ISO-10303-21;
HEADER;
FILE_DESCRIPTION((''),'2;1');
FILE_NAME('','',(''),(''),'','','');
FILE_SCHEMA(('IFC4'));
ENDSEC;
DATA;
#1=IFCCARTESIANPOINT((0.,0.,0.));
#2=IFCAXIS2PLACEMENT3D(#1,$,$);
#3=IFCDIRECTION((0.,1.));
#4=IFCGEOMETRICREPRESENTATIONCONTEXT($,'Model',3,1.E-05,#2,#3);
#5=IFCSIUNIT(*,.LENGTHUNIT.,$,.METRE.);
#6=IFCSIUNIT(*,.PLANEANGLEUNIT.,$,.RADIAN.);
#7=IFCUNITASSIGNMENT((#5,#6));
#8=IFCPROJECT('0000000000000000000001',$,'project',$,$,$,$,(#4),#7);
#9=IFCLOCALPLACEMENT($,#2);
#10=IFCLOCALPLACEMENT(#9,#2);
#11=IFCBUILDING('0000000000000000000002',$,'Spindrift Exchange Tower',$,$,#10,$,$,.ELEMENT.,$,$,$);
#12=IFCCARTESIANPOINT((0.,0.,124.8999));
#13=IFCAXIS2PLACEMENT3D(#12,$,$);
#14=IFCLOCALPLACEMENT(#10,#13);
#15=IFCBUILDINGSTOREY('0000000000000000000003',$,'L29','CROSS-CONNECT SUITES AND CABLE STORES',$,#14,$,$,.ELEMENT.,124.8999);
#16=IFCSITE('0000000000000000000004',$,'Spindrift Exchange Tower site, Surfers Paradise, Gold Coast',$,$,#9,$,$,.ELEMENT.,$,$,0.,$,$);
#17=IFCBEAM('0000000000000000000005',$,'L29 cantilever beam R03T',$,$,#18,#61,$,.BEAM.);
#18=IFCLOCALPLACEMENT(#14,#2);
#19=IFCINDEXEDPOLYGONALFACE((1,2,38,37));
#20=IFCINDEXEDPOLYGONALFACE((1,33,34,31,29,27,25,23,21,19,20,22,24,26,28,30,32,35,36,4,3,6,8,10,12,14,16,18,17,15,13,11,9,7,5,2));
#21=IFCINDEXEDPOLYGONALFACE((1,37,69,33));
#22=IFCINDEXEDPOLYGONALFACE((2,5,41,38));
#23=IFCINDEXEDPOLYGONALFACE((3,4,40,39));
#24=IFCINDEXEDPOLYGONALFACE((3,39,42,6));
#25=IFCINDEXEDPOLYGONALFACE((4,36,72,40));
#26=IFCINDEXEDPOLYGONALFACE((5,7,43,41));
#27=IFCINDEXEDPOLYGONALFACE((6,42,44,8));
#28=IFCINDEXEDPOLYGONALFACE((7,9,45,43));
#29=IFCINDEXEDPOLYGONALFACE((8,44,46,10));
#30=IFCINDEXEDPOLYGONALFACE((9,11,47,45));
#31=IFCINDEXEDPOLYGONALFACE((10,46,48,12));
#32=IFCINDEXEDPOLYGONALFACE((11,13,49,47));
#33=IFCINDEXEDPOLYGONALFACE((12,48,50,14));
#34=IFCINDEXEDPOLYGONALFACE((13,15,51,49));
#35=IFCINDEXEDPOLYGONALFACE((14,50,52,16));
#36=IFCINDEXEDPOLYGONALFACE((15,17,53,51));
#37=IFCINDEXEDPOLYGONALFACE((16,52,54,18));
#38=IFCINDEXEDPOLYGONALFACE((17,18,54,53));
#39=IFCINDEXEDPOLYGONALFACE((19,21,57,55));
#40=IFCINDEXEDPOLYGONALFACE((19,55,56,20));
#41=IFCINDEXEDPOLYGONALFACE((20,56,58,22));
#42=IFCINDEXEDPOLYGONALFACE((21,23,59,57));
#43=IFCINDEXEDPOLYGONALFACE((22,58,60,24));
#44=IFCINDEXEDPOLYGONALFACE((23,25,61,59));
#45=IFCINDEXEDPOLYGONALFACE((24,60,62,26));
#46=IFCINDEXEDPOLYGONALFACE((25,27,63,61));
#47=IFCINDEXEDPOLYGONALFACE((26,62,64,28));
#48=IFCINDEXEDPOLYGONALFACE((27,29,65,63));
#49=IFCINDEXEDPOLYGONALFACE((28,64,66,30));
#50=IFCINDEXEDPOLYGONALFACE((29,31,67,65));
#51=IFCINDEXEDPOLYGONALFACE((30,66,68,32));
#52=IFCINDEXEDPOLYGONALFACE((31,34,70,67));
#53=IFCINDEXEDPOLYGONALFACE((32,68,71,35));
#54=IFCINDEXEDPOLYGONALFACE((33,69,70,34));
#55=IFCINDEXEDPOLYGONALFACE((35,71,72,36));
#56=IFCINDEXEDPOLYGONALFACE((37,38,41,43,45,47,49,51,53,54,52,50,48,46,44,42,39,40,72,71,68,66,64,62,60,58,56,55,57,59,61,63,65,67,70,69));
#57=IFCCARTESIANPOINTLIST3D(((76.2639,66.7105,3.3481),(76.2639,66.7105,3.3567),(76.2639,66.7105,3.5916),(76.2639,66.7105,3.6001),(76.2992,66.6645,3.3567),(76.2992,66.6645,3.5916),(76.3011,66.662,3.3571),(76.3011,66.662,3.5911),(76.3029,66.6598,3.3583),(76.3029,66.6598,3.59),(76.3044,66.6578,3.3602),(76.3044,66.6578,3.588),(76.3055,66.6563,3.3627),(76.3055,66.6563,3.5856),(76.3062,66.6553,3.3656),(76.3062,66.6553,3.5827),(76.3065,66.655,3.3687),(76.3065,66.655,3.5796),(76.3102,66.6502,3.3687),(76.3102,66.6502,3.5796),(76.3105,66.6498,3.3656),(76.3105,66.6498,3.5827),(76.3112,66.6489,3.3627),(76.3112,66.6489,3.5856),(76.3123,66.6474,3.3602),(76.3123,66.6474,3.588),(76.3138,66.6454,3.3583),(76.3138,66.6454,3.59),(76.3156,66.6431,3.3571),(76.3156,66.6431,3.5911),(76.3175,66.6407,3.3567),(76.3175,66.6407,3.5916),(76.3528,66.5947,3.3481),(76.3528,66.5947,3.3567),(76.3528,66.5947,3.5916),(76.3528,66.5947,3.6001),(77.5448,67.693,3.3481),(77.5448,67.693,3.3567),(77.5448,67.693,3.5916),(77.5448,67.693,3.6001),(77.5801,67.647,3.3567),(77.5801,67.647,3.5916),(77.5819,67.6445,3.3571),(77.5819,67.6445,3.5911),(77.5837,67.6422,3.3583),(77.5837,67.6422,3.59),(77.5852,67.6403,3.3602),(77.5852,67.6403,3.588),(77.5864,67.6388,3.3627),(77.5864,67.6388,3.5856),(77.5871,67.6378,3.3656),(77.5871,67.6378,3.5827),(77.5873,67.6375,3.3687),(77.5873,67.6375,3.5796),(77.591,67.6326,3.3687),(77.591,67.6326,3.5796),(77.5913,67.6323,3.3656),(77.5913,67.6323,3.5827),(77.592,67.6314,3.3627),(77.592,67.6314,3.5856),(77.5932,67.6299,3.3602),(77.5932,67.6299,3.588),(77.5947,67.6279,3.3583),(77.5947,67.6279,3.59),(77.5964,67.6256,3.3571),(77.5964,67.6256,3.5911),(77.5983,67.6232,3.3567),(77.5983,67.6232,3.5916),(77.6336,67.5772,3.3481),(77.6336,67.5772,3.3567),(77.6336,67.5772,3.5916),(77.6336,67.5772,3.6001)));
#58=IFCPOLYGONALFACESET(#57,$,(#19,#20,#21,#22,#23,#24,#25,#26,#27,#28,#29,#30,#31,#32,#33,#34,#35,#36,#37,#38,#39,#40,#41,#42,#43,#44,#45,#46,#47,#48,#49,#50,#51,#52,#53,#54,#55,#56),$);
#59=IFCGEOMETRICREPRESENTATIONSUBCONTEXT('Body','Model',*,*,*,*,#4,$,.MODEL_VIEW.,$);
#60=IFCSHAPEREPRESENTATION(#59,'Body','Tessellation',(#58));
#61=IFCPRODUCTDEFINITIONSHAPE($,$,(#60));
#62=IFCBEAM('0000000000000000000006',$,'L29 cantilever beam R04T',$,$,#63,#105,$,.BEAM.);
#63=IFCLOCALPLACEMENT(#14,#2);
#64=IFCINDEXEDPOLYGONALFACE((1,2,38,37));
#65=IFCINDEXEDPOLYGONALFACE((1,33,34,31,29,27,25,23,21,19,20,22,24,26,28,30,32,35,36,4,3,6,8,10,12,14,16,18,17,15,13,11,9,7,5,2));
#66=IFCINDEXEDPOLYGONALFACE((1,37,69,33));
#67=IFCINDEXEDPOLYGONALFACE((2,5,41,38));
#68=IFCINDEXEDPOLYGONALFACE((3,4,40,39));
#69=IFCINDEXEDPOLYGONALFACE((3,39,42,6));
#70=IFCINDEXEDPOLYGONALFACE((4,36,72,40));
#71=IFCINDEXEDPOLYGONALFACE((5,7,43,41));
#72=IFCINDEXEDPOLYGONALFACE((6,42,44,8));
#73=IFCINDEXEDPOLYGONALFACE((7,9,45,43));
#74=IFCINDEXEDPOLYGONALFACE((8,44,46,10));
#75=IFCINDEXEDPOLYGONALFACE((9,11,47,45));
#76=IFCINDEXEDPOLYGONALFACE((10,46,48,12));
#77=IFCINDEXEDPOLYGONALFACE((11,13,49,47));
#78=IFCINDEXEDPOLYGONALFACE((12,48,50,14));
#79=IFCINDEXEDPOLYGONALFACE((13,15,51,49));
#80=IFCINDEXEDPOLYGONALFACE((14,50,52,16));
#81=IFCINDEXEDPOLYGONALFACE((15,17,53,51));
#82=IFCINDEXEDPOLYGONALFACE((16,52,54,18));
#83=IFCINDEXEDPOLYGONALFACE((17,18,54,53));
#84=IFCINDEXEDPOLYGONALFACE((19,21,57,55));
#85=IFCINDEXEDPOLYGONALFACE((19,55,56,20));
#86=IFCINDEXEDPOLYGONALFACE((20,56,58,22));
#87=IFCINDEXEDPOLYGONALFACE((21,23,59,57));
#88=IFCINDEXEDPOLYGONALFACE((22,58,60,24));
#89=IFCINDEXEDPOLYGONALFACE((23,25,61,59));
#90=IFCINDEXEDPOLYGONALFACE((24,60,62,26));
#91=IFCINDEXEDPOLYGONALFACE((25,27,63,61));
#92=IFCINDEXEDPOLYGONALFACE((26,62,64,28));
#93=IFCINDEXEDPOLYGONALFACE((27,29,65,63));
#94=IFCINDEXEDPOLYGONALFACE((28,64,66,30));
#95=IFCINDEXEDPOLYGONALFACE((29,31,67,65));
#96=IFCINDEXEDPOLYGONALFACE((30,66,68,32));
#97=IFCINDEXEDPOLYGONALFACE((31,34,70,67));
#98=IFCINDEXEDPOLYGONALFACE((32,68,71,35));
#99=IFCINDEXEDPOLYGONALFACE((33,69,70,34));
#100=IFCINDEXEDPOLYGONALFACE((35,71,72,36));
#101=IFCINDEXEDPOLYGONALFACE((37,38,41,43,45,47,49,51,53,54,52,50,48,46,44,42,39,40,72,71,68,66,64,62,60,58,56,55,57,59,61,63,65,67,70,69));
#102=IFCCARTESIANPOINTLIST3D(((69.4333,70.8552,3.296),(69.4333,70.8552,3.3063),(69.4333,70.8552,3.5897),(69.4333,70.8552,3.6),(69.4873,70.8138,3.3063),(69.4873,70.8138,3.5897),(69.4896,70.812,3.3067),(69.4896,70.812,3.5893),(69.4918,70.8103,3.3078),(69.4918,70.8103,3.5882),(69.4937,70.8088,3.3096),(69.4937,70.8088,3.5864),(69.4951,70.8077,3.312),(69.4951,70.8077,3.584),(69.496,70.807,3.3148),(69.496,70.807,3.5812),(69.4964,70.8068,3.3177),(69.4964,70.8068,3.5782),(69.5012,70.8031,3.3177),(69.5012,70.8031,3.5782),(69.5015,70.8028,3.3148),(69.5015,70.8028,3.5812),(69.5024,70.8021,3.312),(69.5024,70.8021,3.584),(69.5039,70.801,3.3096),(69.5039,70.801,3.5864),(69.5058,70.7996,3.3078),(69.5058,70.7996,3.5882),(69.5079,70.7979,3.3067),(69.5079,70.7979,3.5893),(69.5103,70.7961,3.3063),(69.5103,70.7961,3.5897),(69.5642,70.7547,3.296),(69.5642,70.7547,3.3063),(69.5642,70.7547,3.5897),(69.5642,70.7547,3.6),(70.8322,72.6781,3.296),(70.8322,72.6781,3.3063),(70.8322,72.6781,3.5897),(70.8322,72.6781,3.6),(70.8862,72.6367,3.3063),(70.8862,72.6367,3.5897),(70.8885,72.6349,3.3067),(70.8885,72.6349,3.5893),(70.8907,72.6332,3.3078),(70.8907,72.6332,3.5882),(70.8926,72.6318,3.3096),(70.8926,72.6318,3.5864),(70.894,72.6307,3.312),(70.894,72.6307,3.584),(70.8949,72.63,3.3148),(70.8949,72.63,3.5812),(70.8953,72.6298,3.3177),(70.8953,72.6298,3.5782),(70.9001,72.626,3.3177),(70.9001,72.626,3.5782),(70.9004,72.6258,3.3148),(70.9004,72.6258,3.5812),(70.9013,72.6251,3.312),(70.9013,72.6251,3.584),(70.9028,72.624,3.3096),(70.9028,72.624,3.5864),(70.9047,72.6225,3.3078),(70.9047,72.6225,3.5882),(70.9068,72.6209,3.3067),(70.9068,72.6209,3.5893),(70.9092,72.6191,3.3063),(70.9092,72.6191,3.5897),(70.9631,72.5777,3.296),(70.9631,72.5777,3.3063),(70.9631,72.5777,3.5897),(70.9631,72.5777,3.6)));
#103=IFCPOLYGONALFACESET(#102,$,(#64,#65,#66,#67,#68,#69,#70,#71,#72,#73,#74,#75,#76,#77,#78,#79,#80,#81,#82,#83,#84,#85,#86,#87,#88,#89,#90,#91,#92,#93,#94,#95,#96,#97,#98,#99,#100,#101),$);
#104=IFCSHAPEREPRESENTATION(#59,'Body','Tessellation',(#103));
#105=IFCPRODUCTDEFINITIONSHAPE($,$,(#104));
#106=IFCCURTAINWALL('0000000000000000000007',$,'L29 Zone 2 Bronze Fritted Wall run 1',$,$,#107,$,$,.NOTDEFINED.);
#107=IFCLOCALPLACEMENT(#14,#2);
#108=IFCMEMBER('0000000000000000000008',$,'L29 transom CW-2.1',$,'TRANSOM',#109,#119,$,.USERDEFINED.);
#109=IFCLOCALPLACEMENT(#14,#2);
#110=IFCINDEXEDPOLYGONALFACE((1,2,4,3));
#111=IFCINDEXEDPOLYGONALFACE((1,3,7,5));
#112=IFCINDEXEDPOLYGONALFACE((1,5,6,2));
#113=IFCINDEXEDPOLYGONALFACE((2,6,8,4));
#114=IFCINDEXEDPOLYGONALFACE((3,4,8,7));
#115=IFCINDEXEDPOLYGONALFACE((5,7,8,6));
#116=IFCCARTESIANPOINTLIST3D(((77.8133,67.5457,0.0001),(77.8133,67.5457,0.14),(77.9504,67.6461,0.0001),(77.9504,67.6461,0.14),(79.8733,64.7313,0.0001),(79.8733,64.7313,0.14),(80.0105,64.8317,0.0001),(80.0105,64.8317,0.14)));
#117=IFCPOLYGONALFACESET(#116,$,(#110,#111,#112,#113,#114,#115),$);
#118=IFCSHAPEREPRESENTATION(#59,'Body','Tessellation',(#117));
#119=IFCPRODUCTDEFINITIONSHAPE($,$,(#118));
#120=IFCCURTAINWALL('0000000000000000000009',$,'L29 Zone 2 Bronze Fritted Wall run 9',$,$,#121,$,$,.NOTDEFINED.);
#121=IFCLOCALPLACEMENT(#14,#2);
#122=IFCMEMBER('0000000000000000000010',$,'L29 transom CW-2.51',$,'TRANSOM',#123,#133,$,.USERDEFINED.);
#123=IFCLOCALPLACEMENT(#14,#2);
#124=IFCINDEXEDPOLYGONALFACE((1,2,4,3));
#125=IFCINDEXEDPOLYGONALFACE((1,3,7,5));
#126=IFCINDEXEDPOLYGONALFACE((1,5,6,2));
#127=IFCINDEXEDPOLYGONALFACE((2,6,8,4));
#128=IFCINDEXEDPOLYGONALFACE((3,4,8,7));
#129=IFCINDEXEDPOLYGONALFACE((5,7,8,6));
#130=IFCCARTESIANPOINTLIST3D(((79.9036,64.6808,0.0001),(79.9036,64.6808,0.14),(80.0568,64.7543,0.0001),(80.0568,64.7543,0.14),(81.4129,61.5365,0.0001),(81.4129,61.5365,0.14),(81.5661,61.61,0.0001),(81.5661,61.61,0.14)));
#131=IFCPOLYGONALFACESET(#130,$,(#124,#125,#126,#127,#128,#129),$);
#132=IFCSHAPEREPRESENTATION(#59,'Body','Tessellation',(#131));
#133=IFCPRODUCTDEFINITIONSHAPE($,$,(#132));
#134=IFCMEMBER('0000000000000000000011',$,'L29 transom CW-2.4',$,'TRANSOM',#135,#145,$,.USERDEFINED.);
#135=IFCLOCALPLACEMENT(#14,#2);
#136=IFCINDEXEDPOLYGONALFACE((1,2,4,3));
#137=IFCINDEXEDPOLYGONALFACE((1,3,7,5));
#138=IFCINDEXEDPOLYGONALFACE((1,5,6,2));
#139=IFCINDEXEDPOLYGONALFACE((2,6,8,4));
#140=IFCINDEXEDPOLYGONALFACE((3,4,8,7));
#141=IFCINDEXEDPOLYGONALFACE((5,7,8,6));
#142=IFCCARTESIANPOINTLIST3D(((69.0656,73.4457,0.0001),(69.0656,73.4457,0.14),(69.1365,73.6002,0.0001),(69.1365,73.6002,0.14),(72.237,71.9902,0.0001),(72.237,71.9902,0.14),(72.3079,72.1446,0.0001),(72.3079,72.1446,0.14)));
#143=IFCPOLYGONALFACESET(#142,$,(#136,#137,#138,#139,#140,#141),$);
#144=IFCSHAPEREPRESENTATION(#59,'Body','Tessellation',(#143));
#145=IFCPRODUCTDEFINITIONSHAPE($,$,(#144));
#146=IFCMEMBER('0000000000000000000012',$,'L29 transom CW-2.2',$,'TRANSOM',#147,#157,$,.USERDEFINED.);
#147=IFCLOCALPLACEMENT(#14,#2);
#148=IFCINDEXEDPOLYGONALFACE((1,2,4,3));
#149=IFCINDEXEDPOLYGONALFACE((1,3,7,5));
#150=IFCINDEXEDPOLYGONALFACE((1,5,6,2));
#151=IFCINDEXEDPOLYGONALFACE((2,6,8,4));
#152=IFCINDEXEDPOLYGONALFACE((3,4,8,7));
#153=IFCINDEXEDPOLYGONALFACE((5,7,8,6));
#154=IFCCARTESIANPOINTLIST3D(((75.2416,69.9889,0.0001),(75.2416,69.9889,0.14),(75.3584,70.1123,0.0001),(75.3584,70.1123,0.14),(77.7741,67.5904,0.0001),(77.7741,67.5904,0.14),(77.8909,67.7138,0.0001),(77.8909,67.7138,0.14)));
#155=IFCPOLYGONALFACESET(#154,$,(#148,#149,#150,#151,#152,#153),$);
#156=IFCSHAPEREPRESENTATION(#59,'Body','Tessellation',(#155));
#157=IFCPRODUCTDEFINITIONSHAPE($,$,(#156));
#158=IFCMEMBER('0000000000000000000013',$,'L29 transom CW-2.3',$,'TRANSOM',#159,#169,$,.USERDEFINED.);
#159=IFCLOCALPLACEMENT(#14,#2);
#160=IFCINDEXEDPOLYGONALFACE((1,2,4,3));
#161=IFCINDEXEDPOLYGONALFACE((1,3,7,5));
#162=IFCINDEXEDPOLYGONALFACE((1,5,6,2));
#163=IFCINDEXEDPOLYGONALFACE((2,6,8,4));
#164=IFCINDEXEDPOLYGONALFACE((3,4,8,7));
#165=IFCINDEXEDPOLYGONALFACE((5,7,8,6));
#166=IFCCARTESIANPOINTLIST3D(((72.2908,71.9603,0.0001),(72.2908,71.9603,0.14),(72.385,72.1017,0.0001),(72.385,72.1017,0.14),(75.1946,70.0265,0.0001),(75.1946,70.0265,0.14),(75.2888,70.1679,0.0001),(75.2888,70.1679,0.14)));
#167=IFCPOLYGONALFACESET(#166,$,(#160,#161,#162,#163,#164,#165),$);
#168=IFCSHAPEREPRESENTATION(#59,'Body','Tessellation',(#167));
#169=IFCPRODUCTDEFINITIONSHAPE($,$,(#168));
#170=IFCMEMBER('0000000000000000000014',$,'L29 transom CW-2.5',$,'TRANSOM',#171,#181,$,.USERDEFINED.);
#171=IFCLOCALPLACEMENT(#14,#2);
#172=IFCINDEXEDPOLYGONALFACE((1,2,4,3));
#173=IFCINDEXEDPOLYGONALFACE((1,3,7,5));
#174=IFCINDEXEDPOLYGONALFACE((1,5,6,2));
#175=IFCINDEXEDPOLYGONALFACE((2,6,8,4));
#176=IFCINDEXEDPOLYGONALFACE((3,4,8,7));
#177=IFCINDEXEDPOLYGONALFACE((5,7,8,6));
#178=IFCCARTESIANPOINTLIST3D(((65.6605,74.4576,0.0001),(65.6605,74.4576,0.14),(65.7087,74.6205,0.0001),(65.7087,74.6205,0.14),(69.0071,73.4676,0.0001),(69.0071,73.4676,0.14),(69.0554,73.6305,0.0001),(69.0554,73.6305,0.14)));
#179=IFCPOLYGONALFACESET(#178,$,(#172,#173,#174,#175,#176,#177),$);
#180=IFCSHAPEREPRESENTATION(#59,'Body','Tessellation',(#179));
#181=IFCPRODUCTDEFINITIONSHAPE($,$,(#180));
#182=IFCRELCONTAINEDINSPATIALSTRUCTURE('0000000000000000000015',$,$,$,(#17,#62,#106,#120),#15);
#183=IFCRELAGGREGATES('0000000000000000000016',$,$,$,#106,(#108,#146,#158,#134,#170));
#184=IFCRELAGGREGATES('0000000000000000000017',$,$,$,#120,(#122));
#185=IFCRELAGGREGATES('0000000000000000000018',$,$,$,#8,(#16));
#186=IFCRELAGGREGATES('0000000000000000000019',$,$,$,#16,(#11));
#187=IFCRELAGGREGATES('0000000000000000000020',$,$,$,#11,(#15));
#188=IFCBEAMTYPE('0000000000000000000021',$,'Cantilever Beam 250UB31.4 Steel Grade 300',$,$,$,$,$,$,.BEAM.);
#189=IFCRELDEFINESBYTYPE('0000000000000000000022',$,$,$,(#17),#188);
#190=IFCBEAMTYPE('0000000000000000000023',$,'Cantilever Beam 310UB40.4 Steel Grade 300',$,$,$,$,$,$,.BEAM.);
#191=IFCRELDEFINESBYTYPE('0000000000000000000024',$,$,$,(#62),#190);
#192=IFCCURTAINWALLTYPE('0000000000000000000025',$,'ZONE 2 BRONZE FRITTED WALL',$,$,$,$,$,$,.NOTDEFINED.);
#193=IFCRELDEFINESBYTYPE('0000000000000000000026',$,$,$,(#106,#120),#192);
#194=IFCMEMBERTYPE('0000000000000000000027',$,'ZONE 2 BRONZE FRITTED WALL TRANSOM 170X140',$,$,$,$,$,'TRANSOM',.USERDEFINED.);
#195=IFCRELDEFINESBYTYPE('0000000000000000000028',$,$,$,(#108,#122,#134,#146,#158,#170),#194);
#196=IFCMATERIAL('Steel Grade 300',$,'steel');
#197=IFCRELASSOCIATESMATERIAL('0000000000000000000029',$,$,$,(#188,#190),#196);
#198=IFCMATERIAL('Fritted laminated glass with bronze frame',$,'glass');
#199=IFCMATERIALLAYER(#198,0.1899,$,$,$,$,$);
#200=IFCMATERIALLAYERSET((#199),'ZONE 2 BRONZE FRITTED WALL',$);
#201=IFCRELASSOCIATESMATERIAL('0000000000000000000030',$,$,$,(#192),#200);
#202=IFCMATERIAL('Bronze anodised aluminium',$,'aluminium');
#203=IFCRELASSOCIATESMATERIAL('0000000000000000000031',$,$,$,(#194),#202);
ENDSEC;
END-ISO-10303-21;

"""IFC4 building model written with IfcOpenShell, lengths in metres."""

from ifc_helpers import new_model, si_unit, direction, frame, origin, origin_2d, place, context, subcontext, project, spatial, rectangle, i_section, extrude, source, transform, mapped, material, layer, layer_set, material_profile, profile_set, type_object, element, aggregate, save


model = new_model("IFC4")

# Units and contexts
model_context = context("Model", 3, precision=1e-05, world=origin(), true_north=direction((0.0, 1.0)))
body_context = subcontext(model_context, "Body", "Model", "MODEL_VIEW")
ifc_project = project(units=[si_unit("LENGTHUNIT", "METRE"), si_unit("PLANEANGLEUNIT", "RADIAN")], contexts=[model_context])

# Site, building, storey
site_placement = place(None, origin())
site = spatial("IfcSite", under=ifc_project, at=site_placement, Name="Spindrift Exchange Tower site, Surfers Paradise, Gold Coast", CompositionType="ELEMENT", RefElevation=0.0)
building_placement = place(site_placement, origin())
building = spatial("IfcBuilding", under=site, at=building_placement, Name="Spindrift Exchange Tower", CompositionType="ELEMENT")
storey_placement = place(building_placement, frame((0.0, 0.0, 124.8999)))
storey = spatial("IfcBuildingStorey", under=building, at=storey_placement, Name="L29", Description="CROSS-CONNECT SUITES AND CABLE STORES", CompositionType="ELEMENT", Elevation=124.8999)

# Beams
ifc_material_1 = material(Name="Steel Grade 300", Category="steel")
ifc_material_profile_1 = material_profile(ifc_material_1, i_section(OverallWidth=0.146, OverallDepth=0.252, WebThickness=0.0061, FlangeThickness=0.0085, FilletRadius=0.012, at=origin_2d()), Name="250UB31.4")
ifc_profile_set_1 = profile_set([ifc_material_profile_1], Name="Steel Grade 300")
beam_type_1 = type_object("IfcBeamType", Name="Cantilever Beam 250UB31.4 Steel Grade 300", PredefinedType="BEAM", material=ifc_profile_set_1)
shared_shape_1 = source(origin(), body_context, "Body", "SweptSolid", [
    extrude(i_section(OverallWidth=0.146, OverallDepth=0.252, WebThickness=0.0061, FlangeThickness=0.0085, FilletRadius=0.012, at=origin_2d()), origin(), (0.0, 0.0, 1.0), 1.6143),
])
beam_1_placement = place(storey_placement, frame((76.3083, 66.6526, 3.4741), z_axis=(0.793455, 0.608628, 0.0), x_axis=(-0.608628, 0.793455, 0.0)))
element("IfcBeam", 1, at=beam_1_placement, inside=storey, type_object=beam_type_1, Name="L29 cantilever beam R03T", PredefinedType="BEAM", context=body_context, shape_type="MappedRepresentation", body=[
    mapped(shared_shape_1, transform((0.0, 0.0, 0.0), scale=1.0)),
])
ifc_material_profile_2 = material_profile(ifc_material_1, i_section(OverallWidth=0.165, OverallDepth=0.304, WebThickness=0.0061, FlangeThickness=0.0103, FilletRadius=0.0115, at=origin_2d()), Name="310UB40.4")
ifc_profile_set_2 = profile_set([ifc_material_profile_2], Name="Steel Grade 300")
beam_type_2 = type_object("IfcBeamType", Name="Cantilever Beam 310UB40.4 Steel Grade 300", PredefinedType="BEAM", material=ifc_profile_set_2)
shared_shape_2 = source(origin(), body_context, "Body", "SweptSolid", [
    extrude(i_section(OverallWidth=0.165, OverallDepth=0.304, WebThickness=0.0061, FlangeThickness=0.0103, FilletRadius=0.0115, at=origin_2d()), origin(), (0.0, 0.0, 1.0), 2.2979),
])
beam_2_placement = place(storey_placement, frame((69.4988, 70.8049, 3.448), z_axis=(0.608786, 0.793334, 0.0), x_axis=(-0.793334, 0.608786, 0.0)))
element("IfcBeam", 2, at=beam_2_placement, inside=storey, type_object=beam_type_2, Name="L29 cantilever beam R04T", PredefinedType="BEAM", context=body_context, shape_type="MappedRepresentation", body=[
    mapped(shared_shape_2, transform((0.0, 0.0, 0.0), scale=1.0)),
])

# Curtain walls, members
ifc_material_2 = material(Name="Fritted laminated glass with bronze frame", Category="glass")
ifc_layer_1 = layer(ifc_material_2, 0.1899)
ifc_layer_set_1 = layer_set([ifc_layer_1], Name="ZONE 2 BRONZE FRITTED WALL")
curtain_wall_type = type_object("IfcCurtainWallType", Name="ZONE 2 BRONZE FRITTED WALL", PredefinedType="NOTDEFINED", material=ifc_layer_set_1)
curtain_wall_1_placement = place(storey_placement, origin())
curtain_wall_1 = element("IfcCurtainWall", 3, at=curtain_wall_1_placement, inside=storey, type_object=curtain_wall_type, Name="L29 Zone 2 Bronze Fritted Wall run 1", PredefinedType="NOTDEFINED")
ifc_material_3 = material(Name="Bronze anodised aluminium", Category="aluminium")
ifc_material_profile_3 = material_profile(ifc_material_3, rectangle(XDim=0.1699, YDim=0.1399, at=origin_2d()), Name="ZONE 2 BRONZE FRITTED WALL TRANSOM 170X140")
ifc_profile_set_3 = profile_set([ifc_material_profile_3], Name="Bronze anodised aluminium")
member_type_1 = type_object("IfcMemberType", Name="ZONE 2 BRONZE FRITTED WALL TRANSOM 170X140", ElementType="TRANSOM", PredefinedType="USERDEFINED", material=ifc_profile_set_3)
shared_shape_3 = source(origin(), body_context, "Body", "SweptSolid", [
    extrude(rectangle(XDim=0.1699, YDim=0.1399, at=origin_2d()), origin(), (0.0, 0.0, 1.0), 3.4878),
])
member_1_placement = place(storey_placement, frame((79.9419, 64.7815, 0.0701), z_axis=(-0.590641, 0.806934, 0.0), x_axis=(-0.806934, -0.590641, 0.0)))
member_1 = element("IfcMember", 4, at=member_1_placement, type_object=member_type_1, Name="L29 transom CW-2.1", ObjectType="TRANSOM", PredefinedType="USERDEFINED", context=body_context, shape_type="MappedRepresentation", body=[
    mapped(shared_shape_3, transform((0.0, 0.0, 0.0), scale=1.0)),
])
curtain_wall_2_placement = place(storey_placement, origin())
curtain_wall_2 = element("IfcCurtainWall", 5, at=curtain_wall_2_placement, inside=storey, type_object=curtain_wall_type, Name="L29 Zone 2 Bronze Fritted Wall run 9", PredefinedType="NOTDEFINED")
member_2_placement = place(storey_placement, frame((81.4895, 61.5732, 0.0701), z_axis=(-0.432736, 0.901521, 0.0), x_axis=(-0.901521, -0.432736, 0.0)))
member_2 = element("IfcMember", 6, at=member_2_placement, type_object=member_type_1, Name="L29 transom CW-2.51", ObjectType="TRANSOM", PredefinedType="USERDEFINED", context=body_context, shape_type="MappedRepresentation", body=[
    mapped(shared_shape_3, transform((0.0, 0.0, 0.0), scale=1.0)),
])

# Members
shared_shape_4 = source(origin(), body_context, "Body", "SweptSolid", [
    extrude(rectangle(XDim=0.1699, YDim=0.1399, at=origin_2d()), origin(), (0.0, 0.0, 1.0), 3.4895),
])
member_3_placement = place(storey_placement, frame((72.2725, 72.0674, 0.0701), z_axis=(-0.908846, 0.417132, 0.0), x_axis=(-0.417132, -0.908846, 0.0)))
member_3 = element("IfcMember", 7, at=member_3_placement, type_object=member_type_1, Name="L29 transom CW-2.4", ObjectType="TRANSOM", PredefinedType="USERDEFINED", context=body_context, shape_type="MappedRepresentation", body=[
    mapped(shared_shape_4, transform((0.0, 0.0, 0.0), scale=1.0)),
])
shared_shape_5 = source(origin(), body_context, "Body", "SweptSolid", [
    extrude(rectangle(XDim=0.1699, YDim=0.1399, at=origin_2d()), origin(), (0.0, 0.0, 1.0), 3.488),
])
member_4_placement = place(storey_placement, frame((77.8325, 67.6521, 0.0701), z_axis=(-0.726059, 0.687632, 0.0), x_axis=(-0.687632, -0.726059, 0.0)))
member_4 = element("IfcMember", 8, at=member_4_placement, type_object=member_type_1, Name="L29 transom CW-2.2", ObjectType="TRANSOM", PredefinedType="USERDEFINED", context=body_context, shape_type="MappedRepresentation", body=[
    mapped(shared_shape_5, transform((0.0, 0.0, 0.0), scale=1.0)),
])
shared_shape_6 = source(origin(), body_context, "Body", "SweptSolid", [
    extrude(rectangle(XDim=0.1699, YDim=0.1399, at=origin_2d()), origin(), (0.0, 0.0, 1.0), 3.4888),
])
member_5_placement = place(storey_placement, frame((75.2417, 70.0972, 0.0701), z_axis=(-0.832319, 0.554296, 0.0), x_axis=(-0.554296, -0.832319, 0.0)))
member_5 = element("IfcMember", 9, at=member_5_placement, type_object=member_type_1, Name="L29 transom CW-2.3", ObjectType="TRANSOM", PredefinedType="USERDEFINED", context=body_context, shape_type="MappedRepresentation", body=[
    mapped(shared_shape_6, transform((0.0, 0.0, 0.0), scale=1.0)),
])
shared_shape_7 = source(origin(), body_context, "Body", "SweptSolid", [
    extrude(rectangle(XDim=0.1699, YDim=0.1399, at=origin_2d()), origin(), (0.0, 0.0, 1.0), 3.49),
])
member_6_placement = place(storey_placement, frame((69.0312, 73.5491, 0.0701), z_axis=(-0.958924, 0.283662, 0.0), x_axis=(-0.283662, -0.958924, 0.0)))
member_6 = element("IfcMember", 10, at=member_6_placement, type_object=member_type_1, Name="L29 transom CW-2.5", ObjectType="TRANSOM", PredefinedType="USERDEFINED", context=body_context, shape_type="MappedRepresentation", body=[
    mapped(shared_shape_7, transform((0.0, 0.0, 0.0), scale=1.0)),
])

aggregate(curtain_wall_1, [member_1, member_4, member_5, member_3, member_6])
aggregate(curtain_wall_2, [member_2])

save(model, "model.ifc")
